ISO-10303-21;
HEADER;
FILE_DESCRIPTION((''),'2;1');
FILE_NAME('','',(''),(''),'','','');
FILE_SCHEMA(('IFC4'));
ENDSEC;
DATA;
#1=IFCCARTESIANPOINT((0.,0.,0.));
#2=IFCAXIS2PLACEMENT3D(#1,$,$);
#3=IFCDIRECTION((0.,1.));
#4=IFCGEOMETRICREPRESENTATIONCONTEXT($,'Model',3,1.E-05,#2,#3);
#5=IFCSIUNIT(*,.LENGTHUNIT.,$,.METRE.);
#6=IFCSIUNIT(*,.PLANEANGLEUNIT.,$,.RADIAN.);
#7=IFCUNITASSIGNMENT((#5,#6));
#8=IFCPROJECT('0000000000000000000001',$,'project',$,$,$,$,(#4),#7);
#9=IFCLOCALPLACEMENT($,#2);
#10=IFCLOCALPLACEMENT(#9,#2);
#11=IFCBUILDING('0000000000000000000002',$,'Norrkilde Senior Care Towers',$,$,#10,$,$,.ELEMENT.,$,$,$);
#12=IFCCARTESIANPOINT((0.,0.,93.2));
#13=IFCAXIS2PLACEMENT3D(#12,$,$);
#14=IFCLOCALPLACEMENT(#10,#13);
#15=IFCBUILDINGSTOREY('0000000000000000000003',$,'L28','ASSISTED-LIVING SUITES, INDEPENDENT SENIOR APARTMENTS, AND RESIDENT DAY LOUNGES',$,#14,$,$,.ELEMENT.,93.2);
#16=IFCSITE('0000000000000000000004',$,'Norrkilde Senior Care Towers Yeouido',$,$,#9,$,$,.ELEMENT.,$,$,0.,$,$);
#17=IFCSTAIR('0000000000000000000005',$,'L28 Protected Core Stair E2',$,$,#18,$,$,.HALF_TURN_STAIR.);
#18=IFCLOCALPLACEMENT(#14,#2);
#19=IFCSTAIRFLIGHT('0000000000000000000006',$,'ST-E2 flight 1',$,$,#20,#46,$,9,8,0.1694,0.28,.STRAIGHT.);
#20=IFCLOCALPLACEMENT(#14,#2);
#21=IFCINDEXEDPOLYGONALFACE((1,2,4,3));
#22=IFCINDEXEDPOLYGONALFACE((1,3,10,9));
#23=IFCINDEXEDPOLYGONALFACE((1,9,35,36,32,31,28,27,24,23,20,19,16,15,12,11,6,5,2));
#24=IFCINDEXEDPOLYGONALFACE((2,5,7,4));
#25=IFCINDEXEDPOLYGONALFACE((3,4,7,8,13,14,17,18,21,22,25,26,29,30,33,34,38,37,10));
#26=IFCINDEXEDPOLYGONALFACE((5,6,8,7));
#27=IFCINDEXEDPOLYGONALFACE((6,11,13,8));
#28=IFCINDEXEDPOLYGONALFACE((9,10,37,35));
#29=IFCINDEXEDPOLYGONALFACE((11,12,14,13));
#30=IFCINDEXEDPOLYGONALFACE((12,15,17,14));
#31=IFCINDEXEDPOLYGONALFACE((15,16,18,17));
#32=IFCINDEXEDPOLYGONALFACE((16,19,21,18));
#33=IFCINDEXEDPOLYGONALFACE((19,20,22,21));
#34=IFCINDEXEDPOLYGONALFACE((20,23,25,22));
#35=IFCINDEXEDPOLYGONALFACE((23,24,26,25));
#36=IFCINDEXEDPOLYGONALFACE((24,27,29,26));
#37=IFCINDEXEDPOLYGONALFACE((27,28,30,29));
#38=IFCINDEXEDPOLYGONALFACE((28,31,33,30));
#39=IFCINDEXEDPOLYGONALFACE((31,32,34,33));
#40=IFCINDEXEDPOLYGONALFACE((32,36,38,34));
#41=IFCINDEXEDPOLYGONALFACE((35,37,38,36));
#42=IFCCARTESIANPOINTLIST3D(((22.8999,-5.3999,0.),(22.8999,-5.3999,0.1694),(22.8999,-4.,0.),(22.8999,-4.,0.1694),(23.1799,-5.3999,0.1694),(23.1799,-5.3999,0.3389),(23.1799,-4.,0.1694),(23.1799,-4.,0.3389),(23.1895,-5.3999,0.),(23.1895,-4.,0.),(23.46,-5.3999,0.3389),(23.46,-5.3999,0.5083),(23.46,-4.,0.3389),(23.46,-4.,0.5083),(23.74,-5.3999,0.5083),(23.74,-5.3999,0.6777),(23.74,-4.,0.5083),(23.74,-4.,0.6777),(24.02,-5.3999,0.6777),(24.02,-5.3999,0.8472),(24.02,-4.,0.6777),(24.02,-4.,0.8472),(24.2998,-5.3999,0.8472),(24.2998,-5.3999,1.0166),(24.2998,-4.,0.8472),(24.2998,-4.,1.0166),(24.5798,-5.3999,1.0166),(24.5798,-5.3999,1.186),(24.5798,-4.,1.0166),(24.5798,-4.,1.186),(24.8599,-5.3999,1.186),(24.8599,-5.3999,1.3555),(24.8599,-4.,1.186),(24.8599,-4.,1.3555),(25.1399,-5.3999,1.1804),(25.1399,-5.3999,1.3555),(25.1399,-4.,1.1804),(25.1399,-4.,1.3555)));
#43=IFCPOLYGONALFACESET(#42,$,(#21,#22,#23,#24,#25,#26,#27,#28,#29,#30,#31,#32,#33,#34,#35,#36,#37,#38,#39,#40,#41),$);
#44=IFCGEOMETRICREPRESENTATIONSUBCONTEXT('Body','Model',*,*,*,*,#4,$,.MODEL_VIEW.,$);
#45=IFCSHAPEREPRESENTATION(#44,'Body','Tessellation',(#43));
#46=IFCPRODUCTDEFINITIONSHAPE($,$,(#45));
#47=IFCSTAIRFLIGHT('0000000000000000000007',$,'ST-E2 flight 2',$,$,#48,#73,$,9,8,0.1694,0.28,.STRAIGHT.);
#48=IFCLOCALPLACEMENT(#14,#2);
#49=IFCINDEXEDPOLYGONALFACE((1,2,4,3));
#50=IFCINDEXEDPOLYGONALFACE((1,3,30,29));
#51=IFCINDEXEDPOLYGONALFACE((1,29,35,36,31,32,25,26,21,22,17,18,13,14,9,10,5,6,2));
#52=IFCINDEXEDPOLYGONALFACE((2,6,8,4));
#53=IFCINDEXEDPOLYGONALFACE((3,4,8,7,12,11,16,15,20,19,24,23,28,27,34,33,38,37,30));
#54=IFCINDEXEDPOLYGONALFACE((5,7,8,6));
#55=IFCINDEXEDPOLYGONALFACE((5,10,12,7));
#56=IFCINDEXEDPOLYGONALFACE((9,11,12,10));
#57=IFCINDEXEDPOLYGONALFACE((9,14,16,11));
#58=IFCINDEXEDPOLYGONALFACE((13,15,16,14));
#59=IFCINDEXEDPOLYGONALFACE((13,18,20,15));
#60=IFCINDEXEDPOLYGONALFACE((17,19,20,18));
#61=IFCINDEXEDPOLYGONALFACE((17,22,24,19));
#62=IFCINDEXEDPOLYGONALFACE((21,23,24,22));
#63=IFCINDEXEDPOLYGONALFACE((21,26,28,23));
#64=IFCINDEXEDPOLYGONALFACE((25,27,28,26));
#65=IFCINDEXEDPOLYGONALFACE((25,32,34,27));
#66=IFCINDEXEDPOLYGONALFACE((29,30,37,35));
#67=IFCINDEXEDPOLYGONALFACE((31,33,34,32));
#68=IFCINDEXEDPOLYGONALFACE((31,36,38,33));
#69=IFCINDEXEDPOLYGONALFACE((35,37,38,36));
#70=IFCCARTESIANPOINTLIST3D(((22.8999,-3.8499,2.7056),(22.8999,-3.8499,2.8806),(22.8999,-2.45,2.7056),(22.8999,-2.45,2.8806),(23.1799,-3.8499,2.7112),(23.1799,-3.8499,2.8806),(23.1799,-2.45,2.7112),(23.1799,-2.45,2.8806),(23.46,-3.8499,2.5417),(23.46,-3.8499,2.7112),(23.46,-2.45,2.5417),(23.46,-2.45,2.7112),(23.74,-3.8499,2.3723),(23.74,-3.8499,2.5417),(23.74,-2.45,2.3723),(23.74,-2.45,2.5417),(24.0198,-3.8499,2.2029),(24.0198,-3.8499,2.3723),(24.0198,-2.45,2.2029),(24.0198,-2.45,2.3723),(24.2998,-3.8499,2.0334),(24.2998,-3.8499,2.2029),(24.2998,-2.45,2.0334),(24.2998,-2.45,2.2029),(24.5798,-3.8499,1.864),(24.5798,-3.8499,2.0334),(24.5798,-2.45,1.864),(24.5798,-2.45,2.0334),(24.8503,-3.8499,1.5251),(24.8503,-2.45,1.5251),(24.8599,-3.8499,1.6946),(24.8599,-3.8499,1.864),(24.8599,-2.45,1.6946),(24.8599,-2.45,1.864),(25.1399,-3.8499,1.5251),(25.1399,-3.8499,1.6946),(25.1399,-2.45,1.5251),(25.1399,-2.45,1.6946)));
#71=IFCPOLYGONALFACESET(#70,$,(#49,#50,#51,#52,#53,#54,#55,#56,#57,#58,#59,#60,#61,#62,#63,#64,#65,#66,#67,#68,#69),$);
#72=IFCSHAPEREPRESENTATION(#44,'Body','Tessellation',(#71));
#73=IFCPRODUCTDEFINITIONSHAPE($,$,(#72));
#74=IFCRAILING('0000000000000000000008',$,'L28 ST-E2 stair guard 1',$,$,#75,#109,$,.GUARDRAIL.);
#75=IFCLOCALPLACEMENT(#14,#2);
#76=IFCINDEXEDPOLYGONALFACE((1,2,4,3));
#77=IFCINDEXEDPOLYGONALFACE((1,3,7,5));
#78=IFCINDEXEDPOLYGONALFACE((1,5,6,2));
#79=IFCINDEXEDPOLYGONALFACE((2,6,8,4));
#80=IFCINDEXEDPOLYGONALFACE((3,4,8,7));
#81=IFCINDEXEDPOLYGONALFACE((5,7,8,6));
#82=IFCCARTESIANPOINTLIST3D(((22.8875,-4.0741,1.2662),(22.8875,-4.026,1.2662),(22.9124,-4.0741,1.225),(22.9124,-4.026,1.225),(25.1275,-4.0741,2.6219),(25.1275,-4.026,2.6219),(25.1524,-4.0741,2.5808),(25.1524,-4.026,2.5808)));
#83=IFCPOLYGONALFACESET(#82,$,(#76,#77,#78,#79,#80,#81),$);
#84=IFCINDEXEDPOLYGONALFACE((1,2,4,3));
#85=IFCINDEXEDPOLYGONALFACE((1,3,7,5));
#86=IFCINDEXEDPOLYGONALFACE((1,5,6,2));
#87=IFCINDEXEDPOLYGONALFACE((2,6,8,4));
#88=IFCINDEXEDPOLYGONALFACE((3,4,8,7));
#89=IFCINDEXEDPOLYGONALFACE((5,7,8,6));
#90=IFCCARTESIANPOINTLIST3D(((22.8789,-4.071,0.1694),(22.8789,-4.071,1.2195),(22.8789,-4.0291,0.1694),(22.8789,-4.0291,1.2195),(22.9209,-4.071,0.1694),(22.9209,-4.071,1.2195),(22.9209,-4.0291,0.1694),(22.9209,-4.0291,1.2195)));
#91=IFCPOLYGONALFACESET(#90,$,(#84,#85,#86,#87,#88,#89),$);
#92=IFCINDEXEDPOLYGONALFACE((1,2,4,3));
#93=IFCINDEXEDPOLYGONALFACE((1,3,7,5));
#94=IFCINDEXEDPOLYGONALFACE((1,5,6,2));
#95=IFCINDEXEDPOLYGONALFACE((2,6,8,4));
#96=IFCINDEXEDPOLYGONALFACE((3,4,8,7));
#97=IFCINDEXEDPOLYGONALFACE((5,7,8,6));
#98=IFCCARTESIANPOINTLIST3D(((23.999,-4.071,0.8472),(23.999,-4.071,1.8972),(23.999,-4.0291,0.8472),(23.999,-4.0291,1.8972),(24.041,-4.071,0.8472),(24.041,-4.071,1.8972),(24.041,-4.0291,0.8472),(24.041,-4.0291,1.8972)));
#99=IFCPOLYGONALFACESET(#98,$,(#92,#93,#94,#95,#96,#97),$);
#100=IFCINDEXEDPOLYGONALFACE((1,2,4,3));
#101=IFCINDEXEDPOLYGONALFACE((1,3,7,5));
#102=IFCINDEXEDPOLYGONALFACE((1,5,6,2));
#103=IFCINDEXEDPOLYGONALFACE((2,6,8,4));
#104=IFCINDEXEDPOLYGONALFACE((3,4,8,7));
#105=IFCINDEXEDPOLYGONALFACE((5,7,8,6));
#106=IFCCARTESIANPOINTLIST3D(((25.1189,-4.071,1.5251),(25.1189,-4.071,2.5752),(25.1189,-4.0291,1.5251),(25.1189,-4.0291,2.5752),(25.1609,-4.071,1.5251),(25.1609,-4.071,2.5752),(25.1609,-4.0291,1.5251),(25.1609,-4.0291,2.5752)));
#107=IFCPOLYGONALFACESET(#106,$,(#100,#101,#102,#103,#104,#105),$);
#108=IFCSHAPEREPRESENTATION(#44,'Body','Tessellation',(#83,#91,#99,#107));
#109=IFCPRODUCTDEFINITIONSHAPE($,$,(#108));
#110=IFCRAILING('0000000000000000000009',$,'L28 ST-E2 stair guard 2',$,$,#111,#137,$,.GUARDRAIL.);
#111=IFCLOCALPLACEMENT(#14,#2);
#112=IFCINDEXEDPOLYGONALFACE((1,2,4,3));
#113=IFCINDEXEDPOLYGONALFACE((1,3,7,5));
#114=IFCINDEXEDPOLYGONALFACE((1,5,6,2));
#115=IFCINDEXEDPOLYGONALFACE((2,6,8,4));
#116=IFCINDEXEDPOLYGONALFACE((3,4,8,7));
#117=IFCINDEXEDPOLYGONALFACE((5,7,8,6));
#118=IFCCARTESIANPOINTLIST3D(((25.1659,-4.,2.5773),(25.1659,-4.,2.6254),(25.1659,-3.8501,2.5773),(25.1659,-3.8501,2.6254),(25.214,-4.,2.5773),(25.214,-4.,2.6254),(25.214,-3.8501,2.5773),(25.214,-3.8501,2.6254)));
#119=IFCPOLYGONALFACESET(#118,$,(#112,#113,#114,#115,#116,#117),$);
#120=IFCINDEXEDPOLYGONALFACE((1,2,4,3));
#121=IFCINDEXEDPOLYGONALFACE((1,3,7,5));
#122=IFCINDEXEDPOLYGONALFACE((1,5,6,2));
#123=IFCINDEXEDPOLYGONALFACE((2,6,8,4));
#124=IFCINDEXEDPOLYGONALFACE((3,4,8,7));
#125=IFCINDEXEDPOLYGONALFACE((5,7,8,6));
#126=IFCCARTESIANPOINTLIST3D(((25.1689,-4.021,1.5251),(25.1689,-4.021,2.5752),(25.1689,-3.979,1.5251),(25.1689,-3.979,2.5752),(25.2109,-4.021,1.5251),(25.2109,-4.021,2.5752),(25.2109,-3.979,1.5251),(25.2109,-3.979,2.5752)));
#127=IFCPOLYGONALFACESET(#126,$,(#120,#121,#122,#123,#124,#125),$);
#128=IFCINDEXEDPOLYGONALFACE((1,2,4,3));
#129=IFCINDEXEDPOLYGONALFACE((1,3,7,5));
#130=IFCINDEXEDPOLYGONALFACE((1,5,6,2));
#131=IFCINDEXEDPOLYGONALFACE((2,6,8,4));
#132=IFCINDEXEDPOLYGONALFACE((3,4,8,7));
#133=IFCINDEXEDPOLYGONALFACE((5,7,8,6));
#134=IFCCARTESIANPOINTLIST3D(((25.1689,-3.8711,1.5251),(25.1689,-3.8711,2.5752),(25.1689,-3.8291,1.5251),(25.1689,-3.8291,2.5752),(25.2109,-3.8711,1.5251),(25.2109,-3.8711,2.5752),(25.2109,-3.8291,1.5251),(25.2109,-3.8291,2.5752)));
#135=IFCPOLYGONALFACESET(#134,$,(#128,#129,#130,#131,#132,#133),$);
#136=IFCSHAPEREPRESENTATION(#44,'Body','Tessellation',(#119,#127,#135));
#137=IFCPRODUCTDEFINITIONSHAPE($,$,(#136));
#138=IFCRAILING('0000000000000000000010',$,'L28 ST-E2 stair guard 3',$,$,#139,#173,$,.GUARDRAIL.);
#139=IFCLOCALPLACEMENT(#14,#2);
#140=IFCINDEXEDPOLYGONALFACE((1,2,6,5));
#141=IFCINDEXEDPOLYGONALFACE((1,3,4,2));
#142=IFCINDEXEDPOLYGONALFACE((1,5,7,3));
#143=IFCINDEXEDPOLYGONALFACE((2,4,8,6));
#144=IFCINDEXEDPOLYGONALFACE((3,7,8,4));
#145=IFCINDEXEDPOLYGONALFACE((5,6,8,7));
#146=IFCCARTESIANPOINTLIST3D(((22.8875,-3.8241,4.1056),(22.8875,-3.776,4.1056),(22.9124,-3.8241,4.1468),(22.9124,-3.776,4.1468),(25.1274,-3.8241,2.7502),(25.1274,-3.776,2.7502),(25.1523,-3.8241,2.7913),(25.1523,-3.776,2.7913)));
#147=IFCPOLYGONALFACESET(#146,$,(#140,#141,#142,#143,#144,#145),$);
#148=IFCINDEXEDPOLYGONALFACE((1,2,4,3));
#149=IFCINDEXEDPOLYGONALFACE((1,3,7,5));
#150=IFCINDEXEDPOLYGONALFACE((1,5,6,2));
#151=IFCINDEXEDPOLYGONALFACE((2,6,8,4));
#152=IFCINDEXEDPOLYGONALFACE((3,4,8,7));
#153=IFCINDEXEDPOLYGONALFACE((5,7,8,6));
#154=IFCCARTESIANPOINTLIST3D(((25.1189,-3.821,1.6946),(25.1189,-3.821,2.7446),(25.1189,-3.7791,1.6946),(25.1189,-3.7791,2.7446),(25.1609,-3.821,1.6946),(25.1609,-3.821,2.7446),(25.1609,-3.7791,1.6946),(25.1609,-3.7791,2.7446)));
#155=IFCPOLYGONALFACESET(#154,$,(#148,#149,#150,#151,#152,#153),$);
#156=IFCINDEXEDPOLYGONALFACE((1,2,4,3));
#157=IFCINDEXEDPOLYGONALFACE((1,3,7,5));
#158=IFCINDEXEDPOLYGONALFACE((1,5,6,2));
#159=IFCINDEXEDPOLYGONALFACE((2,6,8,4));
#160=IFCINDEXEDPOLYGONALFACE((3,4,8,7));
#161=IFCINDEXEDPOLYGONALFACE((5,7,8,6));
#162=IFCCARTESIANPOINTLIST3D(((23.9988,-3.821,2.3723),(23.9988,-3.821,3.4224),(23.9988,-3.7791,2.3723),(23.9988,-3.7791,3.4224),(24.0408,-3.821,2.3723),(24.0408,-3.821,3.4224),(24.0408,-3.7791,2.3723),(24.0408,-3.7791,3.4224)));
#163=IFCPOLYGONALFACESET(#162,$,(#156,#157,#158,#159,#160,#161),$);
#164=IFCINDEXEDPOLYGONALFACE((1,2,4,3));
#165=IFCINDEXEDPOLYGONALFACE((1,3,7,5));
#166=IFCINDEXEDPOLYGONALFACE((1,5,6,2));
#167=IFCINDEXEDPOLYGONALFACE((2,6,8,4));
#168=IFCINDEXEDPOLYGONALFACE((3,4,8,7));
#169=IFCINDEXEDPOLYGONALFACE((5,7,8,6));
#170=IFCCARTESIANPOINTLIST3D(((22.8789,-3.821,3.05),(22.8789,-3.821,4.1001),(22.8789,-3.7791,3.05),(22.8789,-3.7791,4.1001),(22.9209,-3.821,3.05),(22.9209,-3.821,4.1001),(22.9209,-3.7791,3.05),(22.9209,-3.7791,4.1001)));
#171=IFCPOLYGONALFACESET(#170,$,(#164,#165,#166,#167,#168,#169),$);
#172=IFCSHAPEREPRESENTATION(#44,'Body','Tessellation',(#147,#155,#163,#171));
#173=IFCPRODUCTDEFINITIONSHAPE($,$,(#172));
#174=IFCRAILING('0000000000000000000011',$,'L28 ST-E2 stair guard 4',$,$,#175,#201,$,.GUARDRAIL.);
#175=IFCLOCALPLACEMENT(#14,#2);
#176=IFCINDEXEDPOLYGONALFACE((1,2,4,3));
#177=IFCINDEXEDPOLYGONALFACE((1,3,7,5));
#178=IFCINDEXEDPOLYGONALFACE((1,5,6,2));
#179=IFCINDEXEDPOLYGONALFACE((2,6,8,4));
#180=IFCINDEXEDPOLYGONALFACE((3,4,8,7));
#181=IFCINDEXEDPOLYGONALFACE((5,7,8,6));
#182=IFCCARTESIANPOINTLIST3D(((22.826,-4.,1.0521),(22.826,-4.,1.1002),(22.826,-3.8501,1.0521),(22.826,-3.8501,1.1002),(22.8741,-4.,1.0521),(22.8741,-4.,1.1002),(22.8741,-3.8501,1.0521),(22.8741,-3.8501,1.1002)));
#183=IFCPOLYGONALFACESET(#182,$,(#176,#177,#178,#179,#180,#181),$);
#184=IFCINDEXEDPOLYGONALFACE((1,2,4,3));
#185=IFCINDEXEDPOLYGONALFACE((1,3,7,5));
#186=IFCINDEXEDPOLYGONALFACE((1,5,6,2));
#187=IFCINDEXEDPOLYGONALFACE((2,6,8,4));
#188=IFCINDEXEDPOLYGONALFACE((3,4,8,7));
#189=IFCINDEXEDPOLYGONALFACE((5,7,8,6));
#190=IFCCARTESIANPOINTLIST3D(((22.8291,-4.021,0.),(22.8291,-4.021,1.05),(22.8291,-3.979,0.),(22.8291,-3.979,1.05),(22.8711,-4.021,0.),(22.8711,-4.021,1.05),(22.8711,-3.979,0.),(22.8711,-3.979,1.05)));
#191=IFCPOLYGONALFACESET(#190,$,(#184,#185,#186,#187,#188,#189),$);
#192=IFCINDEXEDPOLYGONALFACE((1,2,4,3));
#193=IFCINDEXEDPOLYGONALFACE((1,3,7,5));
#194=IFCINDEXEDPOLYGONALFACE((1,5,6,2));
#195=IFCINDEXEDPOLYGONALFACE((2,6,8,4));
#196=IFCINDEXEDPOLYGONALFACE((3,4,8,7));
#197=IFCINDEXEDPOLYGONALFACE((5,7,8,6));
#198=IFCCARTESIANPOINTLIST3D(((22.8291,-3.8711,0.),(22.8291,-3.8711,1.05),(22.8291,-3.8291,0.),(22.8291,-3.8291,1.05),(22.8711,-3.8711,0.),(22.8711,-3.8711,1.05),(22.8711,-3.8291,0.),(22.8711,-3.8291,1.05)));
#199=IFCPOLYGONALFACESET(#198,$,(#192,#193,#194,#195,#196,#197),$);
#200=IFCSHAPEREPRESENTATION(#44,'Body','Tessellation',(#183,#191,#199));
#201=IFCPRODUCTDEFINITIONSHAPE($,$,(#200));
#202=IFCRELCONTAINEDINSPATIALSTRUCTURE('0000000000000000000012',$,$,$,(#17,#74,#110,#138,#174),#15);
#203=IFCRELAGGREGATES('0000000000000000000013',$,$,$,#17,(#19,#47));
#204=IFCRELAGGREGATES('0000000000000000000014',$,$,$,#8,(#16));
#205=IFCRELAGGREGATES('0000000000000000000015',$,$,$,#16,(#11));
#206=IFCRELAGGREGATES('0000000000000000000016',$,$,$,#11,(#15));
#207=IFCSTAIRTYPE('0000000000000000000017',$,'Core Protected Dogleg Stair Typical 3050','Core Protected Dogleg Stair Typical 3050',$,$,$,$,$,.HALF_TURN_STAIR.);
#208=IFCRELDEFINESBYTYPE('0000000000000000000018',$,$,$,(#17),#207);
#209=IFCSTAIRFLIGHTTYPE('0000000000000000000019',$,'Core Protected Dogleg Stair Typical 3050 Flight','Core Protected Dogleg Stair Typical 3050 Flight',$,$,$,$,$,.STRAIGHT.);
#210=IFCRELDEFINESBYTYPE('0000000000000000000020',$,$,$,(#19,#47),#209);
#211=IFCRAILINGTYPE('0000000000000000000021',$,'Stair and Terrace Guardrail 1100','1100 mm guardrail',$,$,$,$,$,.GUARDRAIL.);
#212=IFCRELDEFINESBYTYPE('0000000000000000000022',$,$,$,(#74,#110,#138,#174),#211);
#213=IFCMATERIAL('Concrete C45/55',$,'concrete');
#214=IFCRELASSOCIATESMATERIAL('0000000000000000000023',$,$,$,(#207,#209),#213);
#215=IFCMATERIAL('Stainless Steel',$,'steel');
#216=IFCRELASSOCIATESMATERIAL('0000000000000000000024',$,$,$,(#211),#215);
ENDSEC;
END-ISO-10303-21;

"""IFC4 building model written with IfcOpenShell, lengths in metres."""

from ifc_helpers import new_model, si_unit, direction, frame, origin, origin_2d, place, context, subcontext, project, spatial, polyline, rectangle, outline, extrude, material, type_object, element, aggregate, save


model = new_model("IFC4")

# Units and contexts
model_context = context("Model", 3, precision=1e-05, world=origin(), true_north=direction((0.0, 1.0)))
body_context = subcontext(model_context, "Body", "Model", "MODEL_VIEW")
ifc_project = project(units=[si_unit("LENGTHUNIT", "METRE"), si_unit("PLANEANGLEUNIT", "RADIAN")], contexts=[model_context])

# Site, building, storey
site_placement = place(None, origin())
site = spatial("IfcSite", under=ifc_project, at=site_placement, Name="Norrkilde Senior Care Towers Yeouido", CompositionType="ELEMENT", RefElevation=0.0)
building_placement = place(site_placement, origin())
building = spatial("IfcBuilding", under=site, at=building_placement, Name="Norrkilde Senior Care Towers", CompositionType="ELEMENT")
storey_placement = place(building_placement, frame((0.0, 0.0, 93.2)))
storey = spatial("IfcBuildingStorey", under=building, at=storey_placement, Name="L28", Description="ASSISTED-LIVING SUITES, INDEPENDENT SENIOR APARTMENTS, AND RESIDENT DAY LOUNGES", CompositionType="ELEMENT", Elevation=93.2)

# Shared definitions
ifc_material_1 = material(Name="Concrete C45/55", Category="concrete")

# Stair, stair flights
stair_type = type_object("IfcStairType", Name="Core Protected Dogleg Stair Typical 3050", Description="Core Protected Dogleg Stair Typical 3050", PredefinedType="HALF_TURN_STAIR", material=ifc_material_1)
stair_placement = place(storey_placement, origin())
stair = element("IfcStair", 1, at=stair_placement, inside=storey, type_object=stair_type, Name="L28 Protected Core Stair E2", PredefinedType="HALF_TURN_STAIR")
stair_flight_type = type_object("IfcStairFlightType", Name="Core Protected Dogleg Stair Typical 3050 Flight", Description="Core Protected Dogleg Stair Typical 3050 Flight", PredefinedType="STRAIGHT", material=ifc_material_1)
stair_flight_1_placement = place(storey_placement, frame((22.8999, -4.7, 0.0), z_axis=(0.0, 0.0, 1.0), x_axis=(1.0, 0.0, 0.0)))
stair_flight_1 = element("IfcStairFlight", 2, at=stair_flight_1_placement, type_object=stair_flight_type, Name="ST-E2 flight 1", NumberOfRisers=9, NumberOfTreads=8, PredefinedType="STRAIGHT", RiserHeight=0.1694, TreadLength=0.28, context=body_context, shape_type="SweptSolid", body=[
    extrude(outline(polyline([(0.0, 0.0), (0.0, 0.1694), (0.28, 0.1694), (0.28, 0.3389), (0.5601, 0.3389), (0.5601, 0.5083), (0.8401, 0.5083), (0.8401, 0.6777), (1.1201, 0.6777), (1.1201, 0.8472), (1.3999, 0.8472), (1.3999, 1.0166), (1.6799, 1.0166), (1.6799, 1.186), (1.96, 1.186), (1.96, 1.3555), (2.24, 1.3555), (2.24, 1.5249), (2.24, 1.1804), (0.2896, 0.0), (0.0, 0.0)])), frame((0.0, 0.7, 0.0), z_axis=(0.0, -1.0, 0.0), x_axis=(1.0, 0.0, 0.0)), (0.0, 0.0, 1.0), 1.3999),
])
stair_flight_2_placement = place(storey_placement, frame((25.1399, -3.1499, 1.5251), z_axis=(0.0, 0.0, 1.0), x_axis=(-1.0, 0.0, 0.0)))
stair_flight_2 = element("IfcStairFlight", 3, at=stair_flight_2_placement, type_object=stair_flight_type, Name="ST-E2 flight 2", NumberOfRisers=9, NumberOfTreads=8, PredefinedType="STRAIGHT", RiserHeight=0.1694, TreadLength=0.28, context=body_context, shape_type="SweptSolid", body=[
    extrude(outline(polyline([(0.0, 0.0), (0.0, 0.1694), (0.28, 0.1694), (0.28, 0.3389), (0.5601, 0.3389), (0.5601, 0.5083), (0.8401, 0.5083), (0.8401, 0.6777), (1.1201, 0.6777), (1.1201, 0.8472), (1.3999, 0.8472), (1.3999, 1.0166), (1.6799, 1.0166), (1.6799, 1.186), (1.96, 1.186), (1.96, 1.3555), (2.24, 1.3555), (2.24, 1.5249), (2.24, 1.1804), (0.2896, 0.0), (0.0, 0.0)])), frame((0.0, 0.7, 0.0), z_axis=(0.0, -1.0, 0.0), x_axis=(1.0, 0.0, 0.0)), (0.0, 0.0, 1.0), 1.3999),
])
aggregate(stair, [stair_flight_1, stair_flight_2])

# Railings
ifc_material_2 = material(Name="Stainless Steel", Category="steel")
railing_type_1 = type_object("IfcRailingType", Name="Stair and Terrace Guardrail 1100", Description="1100 mm guardrail", PredefinedType="GUARDRAIL", material=ifc_material_2)
railing_1_placement = place(storey_placement, frame((22.8999, -4.05, 0.1694)))
element("IfcRailing", 4, at=railing_1_placement, inside=storey, type_object=railing_type_1, Name="L28 ST-E2 stair guard 1", PredefinedType="GUARDRAIL", context=body_context, shape_type="SweptSolid", body=[
    extrude(rectangle(XDim=0.0481, YDim=0.0481, at=origin_2d()), frame((0.0, 0.0, 1.0762), z_axis=(0.855512, 0.0, 0.517783), x_axis=(0.0, 1.0, 0.0)), (0.0, 0.0, 1.0), 2.6184),
    extrude(rectangle(XDim=0.042, YDim=0.042, at=origin_2d()), origin(), (0.0, 0.0, 1.0), 1.05),
    extrude(rectangle(XDim=0.042, YDim=0.042, at=origin_2d()), frame((1.1201, 0.0, 0.6777)), (0.0, 0.0, 1.0), 1.05),
    extrude(rectangle(XDim=0.042, YDim=0.042, at=origin_2d()), frame((2.24, 0.0, 1.3557)), (0.0, 0.0, 1.0), 1.05),
])
railing_2_placement = place(storey_placement, frame((25.1899, -4.0, 1.5251)))
element("IfcRailing", 5, at=railing_2_placement, inside=storey, type_object=railing_type_1, Name="L28 ST-E2 stair guard 2", PredefinedType="GUARDRAIL", context=body_context, shape_type="SweptSolid", body=[
    extrude(rectangle(XDim=0.0481, YDim=0.0481, at=origin_2d()), frame((0.0, 0.0, 1.0762), z_axis=(0.0, 1.0, 0.0), x_axis=(-1.0, 0.0, 0.0)), (0.0, 0.0, 1.0), 0.1499),
    extrude(rectangle(XDim=0.042, YDim=0.042, at=origin_2d()), origin(), (0.0, 0.0, 1.0), 1.05),
    extrude(rectangle(XDim=0.042, YDim=0.042, at=origin_2d()), frame((0.0, 0.1499, 0.0)), (0.0, 0.0, 1.0), 1.05),
])
railing_3_placement = place(storey_placement, frame((25.1399, -3.8, 1.6946)))
element("IfcRailing", 6, at=railing_3_placement, inside=storey, type_object=railing_type_1, Name="L28 ST-E2 stair guard 3", PredefinedType="GUARDRAIL", context=body_context, shape_type="SweptSolid", body=[
    extrude(rectangle(XDim=0.0481, YDim=0.0481, at=origin_2d()), frame((0.0, 0.0, 1.0762), z_axis=(-0.855553, 0.0, 0.517715), x_axis=(0.0, -1.0, 0.0)), (0.0, 0.0, 1.0), 2.6182),
    extrude(rectangle(XDim=0.042, YDim=0.042, at=origin_2d()), origin(), (0.0, 0.0, 1.0), 1.05),
    extrude(rectangle(XDim=0.042, YDim=0.042, at=origin_2d()), frame((-1.1201, 0.0, 0.6777)), (0.0, 0.0, 1.0), 1.05),
    extrude(rectangle(XDim=0.042, YDim=0.042, at=origin_2d()), frame((-2.24, 0.0, 1.3555)), (0.0, 0.0, 1.0), 1.05),
])
railing_4_placement = place(storey_placement, frame((22.8501, -4.0, 0.0)))
element("IfcRailing", 7, at=railing_4_placement, inside=storey, type_object=railing_type_1, Name="L28 ST-E2 stair guard 4", PredefinedType="GUARDRAIL", context=body_context, shape_type="SweptSolid", body=[
    extrude(rectangle(XDim=0.0481, YDim=0.0481, at=origin_2d()), frame((0.0, 0.0, 1.0762), z_axis=(0.0, 1.0, 0.0), x_axis=(-1.0, 0.0, 0.0)), (0.0, 0.0, 1.0), 0.1499),
    extrude(rectangle(XDim=0.042, YDim=0.042, at=origin_2d()), origin(), (0.0, 0.0, 1.0), 1.05),
    extrude(rectangle(XDim=0.042, YDim=0.042, at=origin_2d()), frame((0.0, 0.1499, 0.0)), (0.0, 0.0, 1.0), 1.05),
])

save(model, "model.ifc")
